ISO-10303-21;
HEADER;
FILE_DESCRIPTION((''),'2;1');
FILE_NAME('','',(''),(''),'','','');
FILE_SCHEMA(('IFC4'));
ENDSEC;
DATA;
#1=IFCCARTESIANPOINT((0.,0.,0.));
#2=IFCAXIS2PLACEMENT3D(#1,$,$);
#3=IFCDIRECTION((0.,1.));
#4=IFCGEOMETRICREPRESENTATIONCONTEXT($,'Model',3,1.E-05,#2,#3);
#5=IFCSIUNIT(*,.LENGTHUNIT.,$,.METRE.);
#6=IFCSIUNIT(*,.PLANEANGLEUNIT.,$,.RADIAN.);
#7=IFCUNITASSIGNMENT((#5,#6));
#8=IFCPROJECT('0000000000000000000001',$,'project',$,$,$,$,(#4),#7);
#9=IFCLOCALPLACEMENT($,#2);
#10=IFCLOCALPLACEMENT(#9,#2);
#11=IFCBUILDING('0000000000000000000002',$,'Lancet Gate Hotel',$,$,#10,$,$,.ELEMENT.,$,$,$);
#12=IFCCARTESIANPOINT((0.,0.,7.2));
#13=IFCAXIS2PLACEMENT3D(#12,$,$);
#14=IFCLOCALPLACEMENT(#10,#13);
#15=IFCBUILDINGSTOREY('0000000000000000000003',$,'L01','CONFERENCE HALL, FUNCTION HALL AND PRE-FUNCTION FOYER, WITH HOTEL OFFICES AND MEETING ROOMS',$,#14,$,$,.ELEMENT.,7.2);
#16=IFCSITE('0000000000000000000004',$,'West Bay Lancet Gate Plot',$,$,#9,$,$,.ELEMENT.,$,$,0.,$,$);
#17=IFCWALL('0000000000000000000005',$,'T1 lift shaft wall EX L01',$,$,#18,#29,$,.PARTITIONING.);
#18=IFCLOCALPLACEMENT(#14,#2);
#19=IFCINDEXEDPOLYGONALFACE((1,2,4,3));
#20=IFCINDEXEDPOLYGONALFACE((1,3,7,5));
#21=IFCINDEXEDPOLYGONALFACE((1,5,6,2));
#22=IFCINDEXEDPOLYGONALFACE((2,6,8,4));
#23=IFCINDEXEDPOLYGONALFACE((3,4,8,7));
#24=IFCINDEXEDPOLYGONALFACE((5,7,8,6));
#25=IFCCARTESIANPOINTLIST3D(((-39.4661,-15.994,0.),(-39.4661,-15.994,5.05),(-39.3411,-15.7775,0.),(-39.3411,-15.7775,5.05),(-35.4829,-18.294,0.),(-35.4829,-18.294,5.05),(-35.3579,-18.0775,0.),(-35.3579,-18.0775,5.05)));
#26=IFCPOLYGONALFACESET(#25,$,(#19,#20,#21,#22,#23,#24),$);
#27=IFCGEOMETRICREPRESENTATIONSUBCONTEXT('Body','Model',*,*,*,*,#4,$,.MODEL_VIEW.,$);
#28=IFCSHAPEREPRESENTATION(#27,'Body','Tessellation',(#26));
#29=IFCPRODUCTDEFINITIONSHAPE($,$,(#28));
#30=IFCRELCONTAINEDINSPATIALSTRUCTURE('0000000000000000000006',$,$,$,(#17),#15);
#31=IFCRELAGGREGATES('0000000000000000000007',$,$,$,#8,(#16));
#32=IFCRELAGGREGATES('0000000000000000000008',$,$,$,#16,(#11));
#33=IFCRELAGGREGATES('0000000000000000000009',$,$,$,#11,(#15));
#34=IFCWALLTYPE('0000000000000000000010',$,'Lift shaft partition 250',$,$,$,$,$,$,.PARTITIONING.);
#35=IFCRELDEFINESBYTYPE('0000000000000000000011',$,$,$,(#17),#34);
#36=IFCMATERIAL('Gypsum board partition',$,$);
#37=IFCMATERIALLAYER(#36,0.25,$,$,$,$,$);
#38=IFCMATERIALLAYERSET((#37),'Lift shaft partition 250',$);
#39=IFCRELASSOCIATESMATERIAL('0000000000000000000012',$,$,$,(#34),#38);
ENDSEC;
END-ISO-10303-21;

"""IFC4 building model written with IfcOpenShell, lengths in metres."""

from ifc_helpers import new_model, si_unit, direction, frame, frame_2d, origin, place, context, subcontext, project, spatial, rectangle, extrude, material, layer, layer_set, type_object, element, save


model = new_model("IFC4")

# Units and contexts
model_context = context("Model", 3, precision=1e-05, world=origin(), true_north=direction((0.0, 1.0)))
body_context = subcontext(model_context, "Body", "Model", "MODEL_VIEW")
ifc_project = project(units=[si_unit("LENGTHUNIT", "METRE"), si_unit("PLANEANGLEUNIT", "RADIAN")], contexts=[model_context])

# Site, building, storey
site_placement = place(None, origin())
site = spatial("IfcSite", under=ifc_project, at=site_placement, Name="West Bay Lancet Gate Plot", CompositionType="ELEMENT", RefElevation=0.0)
building_placement = place(site_placement, origin())
building = spatial("IfcBuilding", under=site, at=building_placement, Name="Lancet Gate Hotel", CompositionType="ELEMENT")
storey_placement = place(building_placement, frame((0.0, 0.0, 7.2)))
storey = spatial("IfcBuildingStorey", under=building, at=storey_placement, Name="L01", Description="CONFERENCE HALL, FUNCTION HALL AND PRE-FUNCTION FOYER, WITH HOTEL OFFICES AND MEETING ROOMS", CompositionType="ELEMENT", Elevation=7.2)

# Wall
ifc_material_1 = material(Name="Gypsum board partition")
ifc_layer_1 = layer(ifc_material_1, 0.25)
ifc_layer_set_1 = layer_set([ifc_layer_1], Name="Lift shaft partition 250")
wall_type = type_object("IfcWallType", Name="Lift shaft partition 250", PredefinedType="PARTITIONING", material=ifc_layer_set_1)
wall_placement = place(storey_placement, frame((-35.4204, -18.1858, 0.0), z_axis=(0.0, 0.0, 1.0), x_axis=(-0.86599, 0.500061, 0.0)))
element("IfcWall", 1, at=wall_placement, inside=storey, type_object=wall_type, Name="T1 lift shaft wall EX L01", PredefinedType="PARTITIONING", context=body_context, shape_type="SweptSolid", body=[
    extrude(rectangle(XDim=4.5996, YDim=0.25, at=frame_2d((2.2998, 0.0))), origin(), (0.0, 0.0, 1.0), 5.05),
])

save(model, "model.ifc")
